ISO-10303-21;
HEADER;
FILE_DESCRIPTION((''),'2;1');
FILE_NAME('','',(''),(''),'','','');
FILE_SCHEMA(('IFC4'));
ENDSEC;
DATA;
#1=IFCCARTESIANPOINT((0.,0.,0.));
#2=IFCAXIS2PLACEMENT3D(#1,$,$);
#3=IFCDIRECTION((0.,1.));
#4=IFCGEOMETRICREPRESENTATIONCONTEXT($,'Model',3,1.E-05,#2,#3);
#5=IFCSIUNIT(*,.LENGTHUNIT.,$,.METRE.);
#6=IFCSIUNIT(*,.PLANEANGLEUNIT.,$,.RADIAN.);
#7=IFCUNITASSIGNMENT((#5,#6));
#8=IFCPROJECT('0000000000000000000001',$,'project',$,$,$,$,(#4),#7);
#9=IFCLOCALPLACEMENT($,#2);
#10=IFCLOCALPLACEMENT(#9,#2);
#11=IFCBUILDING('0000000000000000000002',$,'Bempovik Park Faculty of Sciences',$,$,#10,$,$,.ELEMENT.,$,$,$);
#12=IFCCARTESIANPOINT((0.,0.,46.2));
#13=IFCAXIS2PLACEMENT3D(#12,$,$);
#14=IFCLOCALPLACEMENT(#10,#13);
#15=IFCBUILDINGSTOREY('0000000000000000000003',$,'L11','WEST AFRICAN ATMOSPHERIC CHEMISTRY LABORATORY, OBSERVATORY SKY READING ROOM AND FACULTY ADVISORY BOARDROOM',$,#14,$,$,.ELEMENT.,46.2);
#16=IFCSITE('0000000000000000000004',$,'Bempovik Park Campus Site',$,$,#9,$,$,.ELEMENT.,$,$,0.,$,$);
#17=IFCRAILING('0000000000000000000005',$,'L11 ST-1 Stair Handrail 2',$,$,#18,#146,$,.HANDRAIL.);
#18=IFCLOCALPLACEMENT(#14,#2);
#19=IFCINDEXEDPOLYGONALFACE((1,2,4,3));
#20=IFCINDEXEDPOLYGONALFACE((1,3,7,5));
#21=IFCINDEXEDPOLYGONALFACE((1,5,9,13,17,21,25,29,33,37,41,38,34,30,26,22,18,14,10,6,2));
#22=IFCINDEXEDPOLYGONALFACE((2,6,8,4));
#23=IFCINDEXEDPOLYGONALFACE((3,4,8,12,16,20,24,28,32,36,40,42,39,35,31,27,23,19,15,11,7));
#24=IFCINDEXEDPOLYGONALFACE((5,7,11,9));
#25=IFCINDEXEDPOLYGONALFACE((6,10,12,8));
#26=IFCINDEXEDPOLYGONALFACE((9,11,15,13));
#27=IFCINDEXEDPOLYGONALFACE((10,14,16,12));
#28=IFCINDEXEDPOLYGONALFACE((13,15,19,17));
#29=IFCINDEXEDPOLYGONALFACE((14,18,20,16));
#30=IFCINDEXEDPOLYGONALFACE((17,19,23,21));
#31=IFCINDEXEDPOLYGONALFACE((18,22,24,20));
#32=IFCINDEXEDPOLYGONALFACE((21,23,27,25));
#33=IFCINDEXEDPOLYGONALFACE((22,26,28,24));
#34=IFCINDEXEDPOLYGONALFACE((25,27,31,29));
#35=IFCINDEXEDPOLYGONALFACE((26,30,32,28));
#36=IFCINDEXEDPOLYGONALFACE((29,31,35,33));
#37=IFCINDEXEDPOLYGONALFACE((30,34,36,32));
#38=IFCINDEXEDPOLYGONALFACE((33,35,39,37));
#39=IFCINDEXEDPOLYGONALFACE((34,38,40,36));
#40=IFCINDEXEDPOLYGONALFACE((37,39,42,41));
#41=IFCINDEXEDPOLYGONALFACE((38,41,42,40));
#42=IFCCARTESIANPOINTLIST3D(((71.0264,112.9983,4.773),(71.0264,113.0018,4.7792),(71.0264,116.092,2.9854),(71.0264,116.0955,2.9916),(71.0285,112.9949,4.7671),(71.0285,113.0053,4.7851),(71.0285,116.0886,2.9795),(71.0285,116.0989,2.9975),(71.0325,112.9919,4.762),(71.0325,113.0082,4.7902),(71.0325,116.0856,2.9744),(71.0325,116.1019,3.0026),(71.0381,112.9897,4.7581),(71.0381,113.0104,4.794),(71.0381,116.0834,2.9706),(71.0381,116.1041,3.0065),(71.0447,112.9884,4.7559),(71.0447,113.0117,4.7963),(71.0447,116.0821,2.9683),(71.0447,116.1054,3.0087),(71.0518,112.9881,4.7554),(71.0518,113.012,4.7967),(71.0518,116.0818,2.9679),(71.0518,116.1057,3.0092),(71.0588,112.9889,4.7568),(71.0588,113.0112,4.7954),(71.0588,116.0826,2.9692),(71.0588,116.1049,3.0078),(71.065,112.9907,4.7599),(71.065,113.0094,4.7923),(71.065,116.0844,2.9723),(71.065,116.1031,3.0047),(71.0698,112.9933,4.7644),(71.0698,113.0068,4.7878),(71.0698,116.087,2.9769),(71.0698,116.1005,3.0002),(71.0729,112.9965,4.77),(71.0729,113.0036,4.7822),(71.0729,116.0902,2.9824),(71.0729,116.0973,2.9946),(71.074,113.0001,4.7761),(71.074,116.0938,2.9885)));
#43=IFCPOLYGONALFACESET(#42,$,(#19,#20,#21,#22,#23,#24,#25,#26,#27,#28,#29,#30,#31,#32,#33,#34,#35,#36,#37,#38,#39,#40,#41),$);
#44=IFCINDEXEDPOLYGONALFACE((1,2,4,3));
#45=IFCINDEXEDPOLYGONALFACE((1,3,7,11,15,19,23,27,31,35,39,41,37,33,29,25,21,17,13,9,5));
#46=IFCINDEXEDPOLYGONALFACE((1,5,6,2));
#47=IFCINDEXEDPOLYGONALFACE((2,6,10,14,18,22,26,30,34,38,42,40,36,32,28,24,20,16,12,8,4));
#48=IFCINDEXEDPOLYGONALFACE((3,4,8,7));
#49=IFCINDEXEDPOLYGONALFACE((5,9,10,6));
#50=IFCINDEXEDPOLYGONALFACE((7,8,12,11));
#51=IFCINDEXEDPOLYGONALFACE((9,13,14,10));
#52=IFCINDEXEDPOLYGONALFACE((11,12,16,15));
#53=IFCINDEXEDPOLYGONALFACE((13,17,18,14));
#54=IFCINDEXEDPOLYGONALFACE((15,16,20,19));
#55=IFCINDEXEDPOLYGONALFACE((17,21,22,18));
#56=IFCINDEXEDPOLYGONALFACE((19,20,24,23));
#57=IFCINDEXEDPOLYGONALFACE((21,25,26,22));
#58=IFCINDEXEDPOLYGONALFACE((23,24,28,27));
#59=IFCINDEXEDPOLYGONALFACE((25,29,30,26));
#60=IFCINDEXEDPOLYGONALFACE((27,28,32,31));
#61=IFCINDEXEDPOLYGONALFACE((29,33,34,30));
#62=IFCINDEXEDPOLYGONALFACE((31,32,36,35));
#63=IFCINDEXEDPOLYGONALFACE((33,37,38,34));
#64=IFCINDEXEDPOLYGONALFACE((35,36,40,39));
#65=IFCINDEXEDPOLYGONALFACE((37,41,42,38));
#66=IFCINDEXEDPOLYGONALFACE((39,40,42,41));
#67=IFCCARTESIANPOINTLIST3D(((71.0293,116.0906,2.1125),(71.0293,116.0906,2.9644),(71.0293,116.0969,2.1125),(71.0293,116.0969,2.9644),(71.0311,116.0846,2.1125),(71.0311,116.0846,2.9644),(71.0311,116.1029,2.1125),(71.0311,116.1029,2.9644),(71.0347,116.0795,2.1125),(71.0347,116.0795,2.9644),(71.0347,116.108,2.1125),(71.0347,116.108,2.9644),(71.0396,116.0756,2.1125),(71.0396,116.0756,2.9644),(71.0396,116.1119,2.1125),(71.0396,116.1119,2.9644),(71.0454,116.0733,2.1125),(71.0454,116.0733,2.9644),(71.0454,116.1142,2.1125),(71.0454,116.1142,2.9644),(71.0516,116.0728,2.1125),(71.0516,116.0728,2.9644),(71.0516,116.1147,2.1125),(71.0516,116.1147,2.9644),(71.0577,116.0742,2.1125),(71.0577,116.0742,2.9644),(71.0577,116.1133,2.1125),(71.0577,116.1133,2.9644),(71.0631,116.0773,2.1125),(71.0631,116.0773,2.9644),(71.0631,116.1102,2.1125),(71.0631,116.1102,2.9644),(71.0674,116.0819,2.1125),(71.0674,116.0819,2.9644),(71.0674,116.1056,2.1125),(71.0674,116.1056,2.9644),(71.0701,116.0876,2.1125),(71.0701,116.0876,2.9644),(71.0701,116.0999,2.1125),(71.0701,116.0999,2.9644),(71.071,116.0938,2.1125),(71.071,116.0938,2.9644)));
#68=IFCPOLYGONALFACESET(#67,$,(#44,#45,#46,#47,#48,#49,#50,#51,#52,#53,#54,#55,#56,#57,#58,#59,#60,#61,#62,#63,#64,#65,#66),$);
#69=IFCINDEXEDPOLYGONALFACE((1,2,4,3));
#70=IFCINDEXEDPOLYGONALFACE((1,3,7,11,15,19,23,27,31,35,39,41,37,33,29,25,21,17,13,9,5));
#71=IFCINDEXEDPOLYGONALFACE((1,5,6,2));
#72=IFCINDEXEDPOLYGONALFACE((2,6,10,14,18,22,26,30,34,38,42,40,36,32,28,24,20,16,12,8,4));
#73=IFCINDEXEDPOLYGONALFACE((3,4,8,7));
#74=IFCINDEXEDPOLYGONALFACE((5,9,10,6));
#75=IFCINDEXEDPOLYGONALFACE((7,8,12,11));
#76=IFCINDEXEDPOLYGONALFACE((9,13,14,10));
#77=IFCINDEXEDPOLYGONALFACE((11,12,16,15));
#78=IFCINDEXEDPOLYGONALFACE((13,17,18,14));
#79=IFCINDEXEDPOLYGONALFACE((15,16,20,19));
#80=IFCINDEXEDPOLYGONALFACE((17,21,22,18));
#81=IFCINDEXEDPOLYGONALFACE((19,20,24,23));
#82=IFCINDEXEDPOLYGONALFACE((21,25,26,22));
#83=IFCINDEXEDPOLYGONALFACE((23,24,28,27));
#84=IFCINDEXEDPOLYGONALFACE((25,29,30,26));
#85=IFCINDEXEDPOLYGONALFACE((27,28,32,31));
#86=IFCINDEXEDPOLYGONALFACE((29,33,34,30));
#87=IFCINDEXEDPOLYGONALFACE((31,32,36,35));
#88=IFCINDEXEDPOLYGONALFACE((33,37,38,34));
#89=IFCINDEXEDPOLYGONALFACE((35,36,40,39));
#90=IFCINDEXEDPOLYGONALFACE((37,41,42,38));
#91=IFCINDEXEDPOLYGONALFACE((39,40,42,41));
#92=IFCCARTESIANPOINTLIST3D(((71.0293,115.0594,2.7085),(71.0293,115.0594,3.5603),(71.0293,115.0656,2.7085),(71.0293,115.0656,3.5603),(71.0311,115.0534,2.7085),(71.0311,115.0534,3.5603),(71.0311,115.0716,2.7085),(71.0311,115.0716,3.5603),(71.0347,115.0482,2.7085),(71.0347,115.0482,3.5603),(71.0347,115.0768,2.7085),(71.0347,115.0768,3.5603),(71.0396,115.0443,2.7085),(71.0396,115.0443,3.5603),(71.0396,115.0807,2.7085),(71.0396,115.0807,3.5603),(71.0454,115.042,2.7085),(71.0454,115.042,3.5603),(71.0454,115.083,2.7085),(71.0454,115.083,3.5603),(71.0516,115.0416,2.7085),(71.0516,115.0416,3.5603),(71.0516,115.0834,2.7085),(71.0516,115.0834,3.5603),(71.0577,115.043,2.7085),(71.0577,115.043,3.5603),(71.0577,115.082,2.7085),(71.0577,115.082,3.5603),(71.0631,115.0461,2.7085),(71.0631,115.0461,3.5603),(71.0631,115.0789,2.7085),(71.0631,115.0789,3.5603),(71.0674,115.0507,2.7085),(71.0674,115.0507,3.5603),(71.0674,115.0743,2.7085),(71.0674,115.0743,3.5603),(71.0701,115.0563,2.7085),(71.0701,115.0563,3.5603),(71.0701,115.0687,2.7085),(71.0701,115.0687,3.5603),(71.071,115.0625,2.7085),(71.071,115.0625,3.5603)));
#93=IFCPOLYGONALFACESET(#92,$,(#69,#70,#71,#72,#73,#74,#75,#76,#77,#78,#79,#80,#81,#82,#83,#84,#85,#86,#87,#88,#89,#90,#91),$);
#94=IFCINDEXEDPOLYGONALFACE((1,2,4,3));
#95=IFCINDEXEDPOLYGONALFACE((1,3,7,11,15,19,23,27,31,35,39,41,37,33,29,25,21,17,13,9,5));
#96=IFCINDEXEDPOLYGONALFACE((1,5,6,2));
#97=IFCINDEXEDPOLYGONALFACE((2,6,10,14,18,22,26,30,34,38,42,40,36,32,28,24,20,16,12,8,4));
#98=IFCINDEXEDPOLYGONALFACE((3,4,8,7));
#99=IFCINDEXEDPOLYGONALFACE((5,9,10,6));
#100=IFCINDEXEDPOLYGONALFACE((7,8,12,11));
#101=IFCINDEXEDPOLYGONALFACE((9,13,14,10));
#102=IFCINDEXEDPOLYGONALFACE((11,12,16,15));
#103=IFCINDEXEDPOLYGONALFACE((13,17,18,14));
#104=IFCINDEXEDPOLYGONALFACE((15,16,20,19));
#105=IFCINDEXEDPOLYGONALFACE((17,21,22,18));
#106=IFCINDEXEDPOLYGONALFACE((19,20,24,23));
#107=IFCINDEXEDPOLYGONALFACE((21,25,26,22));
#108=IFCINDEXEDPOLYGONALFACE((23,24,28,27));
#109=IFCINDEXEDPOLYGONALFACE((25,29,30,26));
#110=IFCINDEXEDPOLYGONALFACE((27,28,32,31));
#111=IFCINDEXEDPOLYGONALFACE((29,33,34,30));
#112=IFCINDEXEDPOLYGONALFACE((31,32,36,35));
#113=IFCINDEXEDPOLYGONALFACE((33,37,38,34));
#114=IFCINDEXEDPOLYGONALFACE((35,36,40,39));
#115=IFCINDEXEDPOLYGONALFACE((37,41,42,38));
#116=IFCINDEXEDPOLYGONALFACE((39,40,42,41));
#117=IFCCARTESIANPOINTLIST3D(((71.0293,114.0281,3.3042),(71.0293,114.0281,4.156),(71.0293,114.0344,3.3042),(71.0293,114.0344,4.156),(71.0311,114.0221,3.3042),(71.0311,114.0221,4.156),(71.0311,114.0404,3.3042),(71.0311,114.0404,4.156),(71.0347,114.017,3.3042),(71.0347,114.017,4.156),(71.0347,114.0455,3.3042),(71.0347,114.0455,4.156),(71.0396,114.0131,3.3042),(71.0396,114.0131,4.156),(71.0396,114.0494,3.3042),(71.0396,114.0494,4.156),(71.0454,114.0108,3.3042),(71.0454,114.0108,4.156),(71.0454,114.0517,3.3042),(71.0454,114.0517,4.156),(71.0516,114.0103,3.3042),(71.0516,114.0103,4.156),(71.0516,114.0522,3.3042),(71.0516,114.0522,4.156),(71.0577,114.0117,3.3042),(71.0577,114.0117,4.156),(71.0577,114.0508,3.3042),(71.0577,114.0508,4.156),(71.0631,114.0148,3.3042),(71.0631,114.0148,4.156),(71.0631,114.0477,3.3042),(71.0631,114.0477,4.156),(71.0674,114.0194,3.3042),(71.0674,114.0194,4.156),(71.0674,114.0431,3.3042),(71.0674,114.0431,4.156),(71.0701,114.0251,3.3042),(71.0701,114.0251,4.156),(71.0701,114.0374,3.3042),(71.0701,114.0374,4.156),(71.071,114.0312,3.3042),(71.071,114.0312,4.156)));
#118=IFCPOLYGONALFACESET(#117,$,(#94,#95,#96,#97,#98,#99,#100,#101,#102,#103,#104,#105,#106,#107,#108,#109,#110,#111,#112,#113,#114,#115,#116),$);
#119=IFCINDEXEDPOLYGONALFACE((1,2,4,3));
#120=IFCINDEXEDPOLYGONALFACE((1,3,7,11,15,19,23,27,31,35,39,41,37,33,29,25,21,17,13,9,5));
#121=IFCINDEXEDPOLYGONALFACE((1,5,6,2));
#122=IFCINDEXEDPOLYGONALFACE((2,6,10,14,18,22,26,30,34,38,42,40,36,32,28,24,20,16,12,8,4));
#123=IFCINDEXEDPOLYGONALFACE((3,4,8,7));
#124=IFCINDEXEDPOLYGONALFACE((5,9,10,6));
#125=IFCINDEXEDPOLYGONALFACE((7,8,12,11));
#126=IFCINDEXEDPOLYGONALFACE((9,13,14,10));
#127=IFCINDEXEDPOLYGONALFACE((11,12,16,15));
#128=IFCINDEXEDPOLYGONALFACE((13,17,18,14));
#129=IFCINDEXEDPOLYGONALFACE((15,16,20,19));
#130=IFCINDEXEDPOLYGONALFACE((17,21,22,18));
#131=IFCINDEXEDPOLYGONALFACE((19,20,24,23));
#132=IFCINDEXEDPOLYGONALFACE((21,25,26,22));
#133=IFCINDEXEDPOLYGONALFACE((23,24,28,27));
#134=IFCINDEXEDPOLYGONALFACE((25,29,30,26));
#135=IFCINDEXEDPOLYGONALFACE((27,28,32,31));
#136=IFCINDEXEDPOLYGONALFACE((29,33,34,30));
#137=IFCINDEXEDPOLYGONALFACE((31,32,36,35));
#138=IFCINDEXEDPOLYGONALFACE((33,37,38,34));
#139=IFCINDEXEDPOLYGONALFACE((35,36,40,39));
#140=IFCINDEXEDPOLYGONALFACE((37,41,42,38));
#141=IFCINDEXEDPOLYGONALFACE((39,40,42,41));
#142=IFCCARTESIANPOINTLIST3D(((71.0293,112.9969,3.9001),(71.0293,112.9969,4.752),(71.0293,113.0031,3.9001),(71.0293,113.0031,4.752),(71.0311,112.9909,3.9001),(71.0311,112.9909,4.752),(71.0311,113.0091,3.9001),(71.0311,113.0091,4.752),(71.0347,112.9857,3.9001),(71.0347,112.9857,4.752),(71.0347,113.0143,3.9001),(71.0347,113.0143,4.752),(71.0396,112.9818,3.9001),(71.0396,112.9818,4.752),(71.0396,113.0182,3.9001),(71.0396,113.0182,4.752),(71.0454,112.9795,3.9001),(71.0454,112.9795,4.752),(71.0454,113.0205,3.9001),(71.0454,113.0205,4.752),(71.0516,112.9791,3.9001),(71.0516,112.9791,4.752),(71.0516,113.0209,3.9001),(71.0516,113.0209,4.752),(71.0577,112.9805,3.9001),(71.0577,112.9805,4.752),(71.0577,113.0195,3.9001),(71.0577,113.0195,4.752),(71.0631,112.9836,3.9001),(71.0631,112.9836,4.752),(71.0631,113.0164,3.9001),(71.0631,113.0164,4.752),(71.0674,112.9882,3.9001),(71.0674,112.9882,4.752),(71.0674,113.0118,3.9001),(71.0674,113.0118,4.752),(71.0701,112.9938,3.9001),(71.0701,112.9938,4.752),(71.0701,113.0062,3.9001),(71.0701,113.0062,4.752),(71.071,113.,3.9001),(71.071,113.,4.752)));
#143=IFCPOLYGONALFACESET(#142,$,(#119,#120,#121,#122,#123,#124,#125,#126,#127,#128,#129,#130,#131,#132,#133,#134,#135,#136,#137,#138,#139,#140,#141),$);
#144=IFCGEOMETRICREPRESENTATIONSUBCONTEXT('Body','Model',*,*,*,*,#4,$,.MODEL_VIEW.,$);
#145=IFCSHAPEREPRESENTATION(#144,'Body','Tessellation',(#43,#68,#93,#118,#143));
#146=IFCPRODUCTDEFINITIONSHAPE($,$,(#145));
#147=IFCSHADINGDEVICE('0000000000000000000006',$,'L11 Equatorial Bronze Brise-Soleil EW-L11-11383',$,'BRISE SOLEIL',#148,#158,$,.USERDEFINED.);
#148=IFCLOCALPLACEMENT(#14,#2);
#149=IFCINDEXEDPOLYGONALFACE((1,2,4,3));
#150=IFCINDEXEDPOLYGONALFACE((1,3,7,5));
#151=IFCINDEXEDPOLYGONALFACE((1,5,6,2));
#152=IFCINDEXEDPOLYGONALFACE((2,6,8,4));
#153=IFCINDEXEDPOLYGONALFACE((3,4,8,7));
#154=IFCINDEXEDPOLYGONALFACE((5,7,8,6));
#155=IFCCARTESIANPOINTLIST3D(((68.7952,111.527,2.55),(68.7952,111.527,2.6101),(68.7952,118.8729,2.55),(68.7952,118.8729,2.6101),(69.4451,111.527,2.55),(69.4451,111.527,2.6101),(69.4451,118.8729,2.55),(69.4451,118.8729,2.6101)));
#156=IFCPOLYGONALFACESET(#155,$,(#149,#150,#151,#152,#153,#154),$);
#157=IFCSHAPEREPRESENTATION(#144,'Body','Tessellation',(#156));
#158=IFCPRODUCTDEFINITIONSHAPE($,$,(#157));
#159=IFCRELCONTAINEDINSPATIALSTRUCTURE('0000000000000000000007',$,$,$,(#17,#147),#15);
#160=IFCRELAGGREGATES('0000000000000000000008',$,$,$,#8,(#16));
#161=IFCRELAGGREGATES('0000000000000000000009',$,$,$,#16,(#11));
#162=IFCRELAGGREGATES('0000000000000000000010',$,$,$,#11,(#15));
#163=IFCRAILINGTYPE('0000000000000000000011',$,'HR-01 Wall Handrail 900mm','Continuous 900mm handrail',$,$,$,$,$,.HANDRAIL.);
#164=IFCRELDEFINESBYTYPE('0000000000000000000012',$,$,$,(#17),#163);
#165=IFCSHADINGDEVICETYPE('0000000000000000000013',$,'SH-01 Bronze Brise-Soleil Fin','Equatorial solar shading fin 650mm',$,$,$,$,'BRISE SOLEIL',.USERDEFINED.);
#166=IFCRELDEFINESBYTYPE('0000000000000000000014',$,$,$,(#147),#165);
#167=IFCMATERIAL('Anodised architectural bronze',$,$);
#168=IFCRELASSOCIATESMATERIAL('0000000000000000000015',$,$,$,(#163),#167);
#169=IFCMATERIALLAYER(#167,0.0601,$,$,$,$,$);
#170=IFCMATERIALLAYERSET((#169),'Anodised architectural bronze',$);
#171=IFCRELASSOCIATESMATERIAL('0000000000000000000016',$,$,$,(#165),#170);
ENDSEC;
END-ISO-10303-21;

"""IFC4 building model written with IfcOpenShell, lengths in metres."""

from ifc_helpers import new_model, si_unit, direction, frame, origin, origin_2d, place, context, subcontext, project, spatial, rectangle, circle, extrude, material, layer, layer_set, type_object, element, save


model = new_model("IFC4")

# Units and contexts
model_context = context("Model", 3, precision=1e-05, world=origin(), true_north=direction((0.0, 1.0)))
body_context = subcontext(model_context, "Body", "Model", "MODEL_VIEW")
ifc_project = project(units=[si_unit("LENGTHUNIT", "METRE"), si_unit("PLANEANGLEUNIT", "RADIAN")], contexts=[model_context])

# Site, building, storey
site_placement = place(None, origin())
site = spatial("IfcSite", under=ifc_project, at=site_placement, Name="Bempovik Park Campus Site", CompositionType="ELEMENT", RefElevation=0.0)
building_placement = place(site_placement, origin())
building = spatial("IfcBuilding", under=site, at=building_placement, Name="Bempovik Park Faculty of Sciences", CompositionType="ELEMENT")
storey_placement = place(building_placement, frame((0.0, 0.0, 46.2)))
storey = spatial("IfcBuildingStorey", under=building, at=storey_placement, Name="L11", Description="WEST AFRICAN ATMOSPHERIC CHEMISTRY LABORATORY, OBSERVATORY SKY READING ROOM AND FACULTY ADVISORY BOARDROOM", CompositionType="ELEMENT", Elevation=46.2)

# Railing
ifc_material_1 = material(Name="Anodised architectural bronze")
railing_type_1 = type_object("IfcRailingType", Name="HR-01 Wall Handrail 900mm", Description="Continuous 900mm handrail", PredefinedType="HANDRAIL", material=ifc_material_1)
railing_1_placement = place(storey_placement, frame((71.05, 116.0938, 2.1125)))
element("IfcRailing", 1, at=railing_1_placement, inside=storey, type_object=railing_type_1, Name="L11 ST-1 Stair Handrail 2", PredefinedType="HANDRAIL", context=body_context, shape_type="SweptSolid", body=[
    extrude(circle(Radius=0.0239, at=origin_2d()), frame((0.0, 0.0, 0.876), z_axis=(0.0, -0.865853, 0.500298), x_axis=(1.0, 0.0, 0.0)), (0.0, 0.0, 1.0), 3.573),
    extrude(circle(Radius=0.021, at=origin_2d()), origin(), (0.0, 0.0, 1.0), 0.8518),
    extrude(circle(Radius=0.021, at=origin_2d()), frame((0.0, -1.0312, 0.5959)), (0.0, 0.0, 1.0), 0.8518),
    extrude(circle(Radius=0.021, at=origin_2d()), frame((0.0, -2.0625, 1.1917)), (0.0, 0.0, 1.0), 0.8518),
    extrude(circle(Radius=0.021, at=origin_2d()), frame((0.0, -3.0938, 1.7876)), (0.0, 0.0, 1.0), 0.8518),
])

# Shading device
ifc_layer_1 = layer(ifc_material_1, 0.0601)
ifc_layer_set_1 = layer_set([ifc_layer_1], Name="Anodised architectural bronze")
shading_device_type = type_object("IfcShadingDeviceType", Name="SH-01 Bronze Brise-Soleil Fin", Description="Equatorial solar shading fin 650mm", ElementType="BRISE SOLEIL", PredefinedType="USERDEFINED", material=ifc_layer_set_1)
shading_device_placement = place(storey_placement, frame((69.1201, 115.2, 2.55), z_axis=(0.0, 0.0, 1.0), x_axis=(1.0, 0.0, 0.0)))
element("IfcShadingDevice", 2, at=shading_device_placement, inside=storey, type_object=shading_device_type, Name="L11 Equatorial Bronze Brise-Soleil EW-L11-11383", ObjectType="BRISE SOLEIL", PredefinedType="USERDEFINED", context=body_context, shape_type="SweptSolid", body=[
    extrude(rectangle(XDim=0.6499, YDim=7.3459, at=origin_2d()), origin(), (0.0, 0.0, 1.0), 0.0601),
])

save(model, "model.ifc")
